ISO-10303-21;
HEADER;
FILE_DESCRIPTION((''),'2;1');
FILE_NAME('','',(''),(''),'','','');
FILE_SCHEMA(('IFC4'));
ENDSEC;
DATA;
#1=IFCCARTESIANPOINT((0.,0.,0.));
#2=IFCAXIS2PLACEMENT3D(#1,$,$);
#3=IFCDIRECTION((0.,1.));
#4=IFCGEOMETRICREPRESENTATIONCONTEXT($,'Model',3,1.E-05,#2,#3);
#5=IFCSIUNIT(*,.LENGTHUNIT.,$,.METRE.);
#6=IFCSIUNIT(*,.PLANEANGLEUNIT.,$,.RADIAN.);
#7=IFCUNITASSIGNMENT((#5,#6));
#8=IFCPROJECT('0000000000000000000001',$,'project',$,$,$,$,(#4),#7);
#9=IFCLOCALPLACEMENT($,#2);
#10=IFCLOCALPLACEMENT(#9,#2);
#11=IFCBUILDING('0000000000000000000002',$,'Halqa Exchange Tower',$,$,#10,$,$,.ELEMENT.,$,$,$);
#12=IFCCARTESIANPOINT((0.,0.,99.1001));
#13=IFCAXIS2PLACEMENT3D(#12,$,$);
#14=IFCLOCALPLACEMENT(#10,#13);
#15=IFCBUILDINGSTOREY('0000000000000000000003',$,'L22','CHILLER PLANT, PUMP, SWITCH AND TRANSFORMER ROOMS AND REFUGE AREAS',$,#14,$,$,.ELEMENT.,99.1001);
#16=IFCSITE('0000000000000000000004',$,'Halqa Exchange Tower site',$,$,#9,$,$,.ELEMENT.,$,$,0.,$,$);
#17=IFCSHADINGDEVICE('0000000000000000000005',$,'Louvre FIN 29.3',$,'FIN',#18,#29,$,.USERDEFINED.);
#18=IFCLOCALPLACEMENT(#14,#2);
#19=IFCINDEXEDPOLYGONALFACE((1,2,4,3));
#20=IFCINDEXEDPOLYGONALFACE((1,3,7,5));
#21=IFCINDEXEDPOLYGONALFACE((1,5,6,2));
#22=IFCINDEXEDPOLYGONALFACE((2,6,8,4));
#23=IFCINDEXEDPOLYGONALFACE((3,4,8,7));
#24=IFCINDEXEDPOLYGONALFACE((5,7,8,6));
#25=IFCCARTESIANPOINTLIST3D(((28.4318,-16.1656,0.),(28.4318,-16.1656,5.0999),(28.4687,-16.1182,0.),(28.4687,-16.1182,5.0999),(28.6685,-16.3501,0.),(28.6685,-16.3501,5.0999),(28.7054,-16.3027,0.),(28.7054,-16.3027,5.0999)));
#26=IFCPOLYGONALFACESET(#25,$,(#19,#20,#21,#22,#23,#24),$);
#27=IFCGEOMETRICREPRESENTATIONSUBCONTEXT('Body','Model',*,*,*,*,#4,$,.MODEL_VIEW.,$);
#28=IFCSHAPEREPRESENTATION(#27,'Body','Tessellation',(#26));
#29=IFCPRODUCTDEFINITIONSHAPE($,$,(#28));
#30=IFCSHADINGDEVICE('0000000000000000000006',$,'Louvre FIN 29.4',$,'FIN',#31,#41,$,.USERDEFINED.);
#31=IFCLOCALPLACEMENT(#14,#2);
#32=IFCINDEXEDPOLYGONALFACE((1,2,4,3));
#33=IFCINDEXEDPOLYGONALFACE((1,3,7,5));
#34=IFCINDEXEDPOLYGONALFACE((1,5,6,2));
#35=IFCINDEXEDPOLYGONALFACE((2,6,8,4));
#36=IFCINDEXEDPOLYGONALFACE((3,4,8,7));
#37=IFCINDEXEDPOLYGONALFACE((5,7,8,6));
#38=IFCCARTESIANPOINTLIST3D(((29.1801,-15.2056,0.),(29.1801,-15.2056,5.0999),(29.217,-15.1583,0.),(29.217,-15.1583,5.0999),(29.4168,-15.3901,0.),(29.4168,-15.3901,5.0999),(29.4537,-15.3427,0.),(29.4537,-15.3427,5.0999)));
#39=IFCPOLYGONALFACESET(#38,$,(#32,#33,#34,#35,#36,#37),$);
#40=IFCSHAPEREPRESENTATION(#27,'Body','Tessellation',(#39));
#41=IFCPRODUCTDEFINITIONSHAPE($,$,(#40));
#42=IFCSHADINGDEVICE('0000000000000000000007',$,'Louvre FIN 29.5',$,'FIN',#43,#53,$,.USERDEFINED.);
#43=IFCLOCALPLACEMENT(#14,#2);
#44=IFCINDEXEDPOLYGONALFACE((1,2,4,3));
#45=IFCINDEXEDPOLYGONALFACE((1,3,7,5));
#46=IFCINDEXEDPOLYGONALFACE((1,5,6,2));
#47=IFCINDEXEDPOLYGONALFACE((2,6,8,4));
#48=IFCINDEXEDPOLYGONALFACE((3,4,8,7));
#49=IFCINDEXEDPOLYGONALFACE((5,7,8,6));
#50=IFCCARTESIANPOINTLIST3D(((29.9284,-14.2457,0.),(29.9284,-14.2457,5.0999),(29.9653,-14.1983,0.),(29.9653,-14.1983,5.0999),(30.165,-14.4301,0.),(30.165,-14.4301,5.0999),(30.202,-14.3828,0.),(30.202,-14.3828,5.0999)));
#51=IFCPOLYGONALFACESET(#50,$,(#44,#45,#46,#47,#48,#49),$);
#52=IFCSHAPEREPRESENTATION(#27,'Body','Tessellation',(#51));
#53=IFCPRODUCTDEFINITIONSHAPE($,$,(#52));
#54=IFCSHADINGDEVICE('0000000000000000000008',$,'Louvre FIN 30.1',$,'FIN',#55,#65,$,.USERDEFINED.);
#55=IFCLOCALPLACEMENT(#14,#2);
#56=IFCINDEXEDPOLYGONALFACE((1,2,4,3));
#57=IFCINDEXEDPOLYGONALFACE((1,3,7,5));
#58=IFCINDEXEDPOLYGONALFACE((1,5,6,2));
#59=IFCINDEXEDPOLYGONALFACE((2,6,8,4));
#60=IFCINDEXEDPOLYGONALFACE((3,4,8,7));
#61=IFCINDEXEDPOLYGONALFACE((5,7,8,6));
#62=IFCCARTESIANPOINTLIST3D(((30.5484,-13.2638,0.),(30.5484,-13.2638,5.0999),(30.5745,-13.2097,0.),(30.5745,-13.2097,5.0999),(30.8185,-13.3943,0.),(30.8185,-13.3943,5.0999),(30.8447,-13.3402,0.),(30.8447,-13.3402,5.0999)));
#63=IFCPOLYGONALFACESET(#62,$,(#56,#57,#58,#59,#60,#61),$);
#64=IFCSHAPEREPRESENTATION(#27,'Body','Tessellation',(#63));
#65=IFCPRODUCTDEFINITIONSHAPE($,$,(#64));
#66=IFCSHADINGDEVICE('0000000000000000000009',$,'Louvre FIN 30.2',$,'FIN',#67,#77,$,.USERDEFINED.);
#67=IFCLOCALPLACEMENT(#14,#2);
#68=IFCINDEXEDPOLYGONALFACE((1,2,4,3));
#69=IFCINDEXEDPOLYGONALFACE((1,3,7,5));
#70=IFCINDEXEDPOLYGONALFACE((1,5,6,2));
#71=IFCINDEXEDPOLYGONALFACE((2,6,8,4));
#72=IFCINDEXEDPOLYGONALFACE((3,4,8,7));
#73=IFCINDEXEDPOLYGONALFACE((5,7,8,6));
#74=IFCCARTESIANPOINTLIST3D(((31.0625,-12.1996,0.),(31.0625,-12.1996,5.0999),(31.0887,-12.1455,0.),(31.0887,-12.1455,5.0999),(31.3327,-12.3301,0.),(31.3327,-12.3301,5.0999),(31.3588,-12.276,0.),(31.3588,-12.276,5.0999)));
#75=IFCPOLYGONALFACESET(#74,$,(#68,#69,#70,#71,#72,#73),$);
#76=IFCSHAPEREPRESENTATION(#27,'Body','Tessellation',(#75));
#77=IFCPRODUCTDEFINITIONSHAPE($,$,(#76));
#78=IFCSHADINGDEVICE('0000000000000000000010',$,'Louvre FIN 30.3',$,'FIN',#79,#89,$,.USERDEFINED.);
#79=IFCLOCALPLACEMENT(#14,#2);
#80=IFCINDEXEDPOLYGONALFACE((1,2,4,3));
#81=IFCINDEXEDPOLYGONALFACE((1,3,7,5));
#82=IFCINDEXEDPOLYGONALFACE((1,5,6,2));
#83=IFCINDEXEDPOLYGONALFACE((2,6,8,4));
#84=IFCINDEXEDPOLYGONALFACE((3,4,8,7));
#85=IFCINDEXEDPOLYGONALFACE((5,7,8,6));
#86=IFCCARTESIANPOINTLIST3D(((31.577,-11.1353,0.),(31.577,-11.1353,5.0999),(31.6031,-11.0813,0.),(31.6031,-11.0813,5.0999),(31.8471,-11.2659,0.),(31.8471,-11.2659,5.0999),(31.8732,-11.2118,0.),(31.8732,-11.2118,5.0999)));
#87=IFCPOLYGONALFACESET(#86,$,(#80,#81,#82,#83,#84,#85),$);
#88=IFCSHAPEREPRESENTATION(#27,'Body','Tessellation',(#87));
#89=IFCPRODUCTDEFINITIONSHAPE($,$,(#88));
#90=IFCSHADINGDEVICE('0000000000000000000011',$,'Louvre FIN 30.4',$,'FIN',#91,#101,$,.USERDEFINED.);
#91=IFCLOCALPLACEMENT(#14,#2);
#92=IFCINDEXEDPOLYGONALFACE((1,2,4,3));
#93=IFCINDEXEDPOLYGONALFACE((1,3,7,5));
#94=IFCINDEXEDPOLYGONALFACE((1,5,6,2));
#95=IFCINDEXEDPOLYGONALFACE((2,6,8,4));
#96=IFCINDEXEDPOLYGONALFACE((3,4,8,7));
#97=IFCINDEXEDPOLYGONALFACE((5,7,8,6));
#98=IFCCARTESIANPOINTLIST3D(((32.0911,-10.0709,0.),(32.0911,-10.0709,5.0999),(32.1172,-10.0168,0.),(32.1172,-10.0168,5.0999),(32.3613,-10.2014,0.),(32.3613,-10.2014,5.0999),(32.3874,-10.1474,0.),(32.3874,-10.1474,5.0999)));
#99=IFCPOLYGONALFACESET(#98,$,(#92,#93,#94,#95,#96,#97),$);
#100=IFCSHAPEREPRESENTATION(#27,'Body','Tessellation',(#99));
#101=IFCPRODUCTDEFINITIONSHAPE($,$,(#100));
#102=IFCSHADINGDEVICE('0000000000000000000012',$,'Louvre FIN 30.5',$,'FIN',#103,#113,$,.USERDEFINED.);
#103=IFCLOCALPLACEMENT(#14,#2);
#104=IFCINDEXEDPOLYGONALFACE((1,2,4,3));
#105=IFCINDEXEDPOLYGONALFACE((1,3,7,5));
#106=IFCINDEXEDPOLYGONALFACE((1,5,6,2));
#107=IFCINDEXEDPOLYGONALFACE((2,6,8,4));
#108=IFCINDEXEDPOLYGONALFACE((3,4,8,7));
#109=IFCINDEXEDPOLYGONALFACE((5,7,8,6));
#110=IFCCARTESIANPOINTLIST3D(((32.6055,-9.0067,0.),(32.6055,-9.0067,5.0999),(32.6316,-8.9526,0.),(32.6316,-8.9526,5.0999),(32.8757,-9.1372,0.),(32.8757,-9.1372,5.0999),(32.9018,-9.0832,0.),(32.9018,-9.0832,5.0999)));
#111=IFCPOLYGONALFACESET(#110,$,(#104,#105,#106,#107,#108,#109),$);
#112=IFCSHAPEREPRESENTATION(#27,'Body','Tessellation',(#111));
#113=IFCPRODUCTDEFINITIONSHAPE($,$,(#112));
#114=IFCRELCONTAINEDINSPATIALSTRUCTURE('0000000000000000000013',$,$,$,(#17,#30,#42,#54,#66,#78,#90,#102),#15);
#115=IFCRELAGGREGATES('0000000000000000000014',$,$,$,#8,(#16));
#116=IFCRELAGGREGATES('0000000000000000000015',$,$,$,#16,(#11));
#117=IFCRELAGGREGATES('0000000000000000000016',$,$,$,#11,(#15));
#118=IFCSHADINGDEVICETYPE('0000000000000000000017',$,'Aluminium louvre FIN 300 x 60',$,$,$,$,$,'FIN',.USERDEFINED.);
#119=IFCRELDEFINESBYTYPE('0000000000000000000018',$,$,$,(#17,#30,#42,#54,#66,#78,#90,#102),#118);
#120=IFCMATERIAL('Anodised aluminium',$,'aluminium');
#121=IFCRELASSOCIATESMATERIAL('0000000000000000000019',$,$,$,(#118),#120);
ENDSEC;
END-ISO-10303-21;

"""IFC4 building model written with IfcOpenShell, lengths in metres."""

from ifc_helpers import new_model, si_unit, direction, frame, origin, origin_2d, place, context, subcontext, project, spatial, rectangle, extrude, material, material_profile, profile_set, type_object, element, save


model = new_model("IFC4")

# Units and contexts
model_context = context("Model", 3, precision=1e-05, world=origin(), true_north=direction((0.0, 1.0)))
body_context = subcontext(model_context, "Body", "Model", "MODEL_VIEW")
ifc_project = project(units=[si_unit("LENGTHUNIT", "METRE"), si_unit("PLANEANGLEUNIT", "RADIAN")], contexts=[model_context])

# Site, building, storey
site_placement = place(None, origin())
site = spatial("IfcSite", under=ifc_project, at=site_placement, Name="Halqa Exchange Tower site", CompositionType="ELEMENT", RefElevation=0.0)
building_placement = place(site_placement, origin())
building = spatial("IfcBuilding", under=site, at=building_placement, Name="Halqa Exchange Tower", CompositionType="ELEMENT")
storey_placement = place(building_placement, frame((0.0, 0.0, 99.1001)))
storey = spatial("IfcBuildingStorey", under=building, at=storey_placement, Name="L22", Description="CHILLER PLANT, PUMP, SWITCH AND TRANSFORMER ROOMS AND REFUGE AREAS", CompositionType="ELEMENT", Elevation=99.1001)

# Shading devices
ifc_material_1 = material(Name="Anodised aluminium", Category="aluminium")
ifc_material_profile_1 = material_profile(ifc_material_1, rectangle(XDim=0.3, YDim=0.0601, at=origin_2d()), Name="AL FIN 300x60")
ifc_profile_set_1 = profile_set([ifc_material_profile_1], Name="Anodised aluminium")
shading_device_type = type_object("IfcShadingDeviceType", Name="Aluminium louvre FIN 300 x 60", ElementType="FIN", PredefinedType="USERDEFINED", material=ifc_profile_set_1)
for number, where, z_axis, x_axis, name in (
    (1, (28.5686, -16.2341, 0.0), (0.0, 0.0, 1.0), (-0.788675, 0.61481, 0.0), "Louvre FIN 29.3"),
    (2, (29.3169, -15.2742, 0.0), (0.0, 0.0, 1.0), (-0.788675, 0.61481, 0.0), "Louvre FIN 29.4"),
    (3, (30.0652, -14.3142, 0.0), (0.0, 0.0, 1.0), (-0.788675, 0.61481, 0.0), "Louvre FIN 29.5"),
    (4, (30.6965, -13.302, 0.0), (0.0, 0.0, 1.0), (-0.900384, 0.435096, 0.0), "Louvre FIN 30.1"),
    (5, (31.2107, -12.2378, 0.0), (0.0, 0.0, 1.0), (-0.900384, 0.435096, 0.0), "Louvre FIN 30.2"),
    (6, (31.7251, -11.1736, 0.0), (0.0, 0.0, 1.0), (-0.900384, 0.435096, 0.0), "Louvre FIN 30.3"),
    (7, (32.2393, -10.1091, 0.0), (0.0, 0.0, 1.0), (-0.900384, 0.435096, 0.0), "Louvre FIN 30.4"),
    (8, (32.7537, -9.0449, 0.0), (0.0, 0.0, 1.0), (-0.900384, 0.435096, 0.0), "Louvre FIN 30.5"),
):
    element("IfcShadingDevice", number, at=place(storey_placement, frame(where, z_axis=z_axis, x_axis=x_axis)), inside=storey, type_object=shading_device_type, Name=name, ObjectType="FIN", PredefinedType="USERDEFINED", context=body_context, shape_type="SweptSolid", body=[
        extrude(rectangle(XDim=0.3, YDim=0.0601, at=origin_2d()), origin(), (0.0, 0.0, 1.0), 5.0999),
    ])

save(model, "model.ifc")
